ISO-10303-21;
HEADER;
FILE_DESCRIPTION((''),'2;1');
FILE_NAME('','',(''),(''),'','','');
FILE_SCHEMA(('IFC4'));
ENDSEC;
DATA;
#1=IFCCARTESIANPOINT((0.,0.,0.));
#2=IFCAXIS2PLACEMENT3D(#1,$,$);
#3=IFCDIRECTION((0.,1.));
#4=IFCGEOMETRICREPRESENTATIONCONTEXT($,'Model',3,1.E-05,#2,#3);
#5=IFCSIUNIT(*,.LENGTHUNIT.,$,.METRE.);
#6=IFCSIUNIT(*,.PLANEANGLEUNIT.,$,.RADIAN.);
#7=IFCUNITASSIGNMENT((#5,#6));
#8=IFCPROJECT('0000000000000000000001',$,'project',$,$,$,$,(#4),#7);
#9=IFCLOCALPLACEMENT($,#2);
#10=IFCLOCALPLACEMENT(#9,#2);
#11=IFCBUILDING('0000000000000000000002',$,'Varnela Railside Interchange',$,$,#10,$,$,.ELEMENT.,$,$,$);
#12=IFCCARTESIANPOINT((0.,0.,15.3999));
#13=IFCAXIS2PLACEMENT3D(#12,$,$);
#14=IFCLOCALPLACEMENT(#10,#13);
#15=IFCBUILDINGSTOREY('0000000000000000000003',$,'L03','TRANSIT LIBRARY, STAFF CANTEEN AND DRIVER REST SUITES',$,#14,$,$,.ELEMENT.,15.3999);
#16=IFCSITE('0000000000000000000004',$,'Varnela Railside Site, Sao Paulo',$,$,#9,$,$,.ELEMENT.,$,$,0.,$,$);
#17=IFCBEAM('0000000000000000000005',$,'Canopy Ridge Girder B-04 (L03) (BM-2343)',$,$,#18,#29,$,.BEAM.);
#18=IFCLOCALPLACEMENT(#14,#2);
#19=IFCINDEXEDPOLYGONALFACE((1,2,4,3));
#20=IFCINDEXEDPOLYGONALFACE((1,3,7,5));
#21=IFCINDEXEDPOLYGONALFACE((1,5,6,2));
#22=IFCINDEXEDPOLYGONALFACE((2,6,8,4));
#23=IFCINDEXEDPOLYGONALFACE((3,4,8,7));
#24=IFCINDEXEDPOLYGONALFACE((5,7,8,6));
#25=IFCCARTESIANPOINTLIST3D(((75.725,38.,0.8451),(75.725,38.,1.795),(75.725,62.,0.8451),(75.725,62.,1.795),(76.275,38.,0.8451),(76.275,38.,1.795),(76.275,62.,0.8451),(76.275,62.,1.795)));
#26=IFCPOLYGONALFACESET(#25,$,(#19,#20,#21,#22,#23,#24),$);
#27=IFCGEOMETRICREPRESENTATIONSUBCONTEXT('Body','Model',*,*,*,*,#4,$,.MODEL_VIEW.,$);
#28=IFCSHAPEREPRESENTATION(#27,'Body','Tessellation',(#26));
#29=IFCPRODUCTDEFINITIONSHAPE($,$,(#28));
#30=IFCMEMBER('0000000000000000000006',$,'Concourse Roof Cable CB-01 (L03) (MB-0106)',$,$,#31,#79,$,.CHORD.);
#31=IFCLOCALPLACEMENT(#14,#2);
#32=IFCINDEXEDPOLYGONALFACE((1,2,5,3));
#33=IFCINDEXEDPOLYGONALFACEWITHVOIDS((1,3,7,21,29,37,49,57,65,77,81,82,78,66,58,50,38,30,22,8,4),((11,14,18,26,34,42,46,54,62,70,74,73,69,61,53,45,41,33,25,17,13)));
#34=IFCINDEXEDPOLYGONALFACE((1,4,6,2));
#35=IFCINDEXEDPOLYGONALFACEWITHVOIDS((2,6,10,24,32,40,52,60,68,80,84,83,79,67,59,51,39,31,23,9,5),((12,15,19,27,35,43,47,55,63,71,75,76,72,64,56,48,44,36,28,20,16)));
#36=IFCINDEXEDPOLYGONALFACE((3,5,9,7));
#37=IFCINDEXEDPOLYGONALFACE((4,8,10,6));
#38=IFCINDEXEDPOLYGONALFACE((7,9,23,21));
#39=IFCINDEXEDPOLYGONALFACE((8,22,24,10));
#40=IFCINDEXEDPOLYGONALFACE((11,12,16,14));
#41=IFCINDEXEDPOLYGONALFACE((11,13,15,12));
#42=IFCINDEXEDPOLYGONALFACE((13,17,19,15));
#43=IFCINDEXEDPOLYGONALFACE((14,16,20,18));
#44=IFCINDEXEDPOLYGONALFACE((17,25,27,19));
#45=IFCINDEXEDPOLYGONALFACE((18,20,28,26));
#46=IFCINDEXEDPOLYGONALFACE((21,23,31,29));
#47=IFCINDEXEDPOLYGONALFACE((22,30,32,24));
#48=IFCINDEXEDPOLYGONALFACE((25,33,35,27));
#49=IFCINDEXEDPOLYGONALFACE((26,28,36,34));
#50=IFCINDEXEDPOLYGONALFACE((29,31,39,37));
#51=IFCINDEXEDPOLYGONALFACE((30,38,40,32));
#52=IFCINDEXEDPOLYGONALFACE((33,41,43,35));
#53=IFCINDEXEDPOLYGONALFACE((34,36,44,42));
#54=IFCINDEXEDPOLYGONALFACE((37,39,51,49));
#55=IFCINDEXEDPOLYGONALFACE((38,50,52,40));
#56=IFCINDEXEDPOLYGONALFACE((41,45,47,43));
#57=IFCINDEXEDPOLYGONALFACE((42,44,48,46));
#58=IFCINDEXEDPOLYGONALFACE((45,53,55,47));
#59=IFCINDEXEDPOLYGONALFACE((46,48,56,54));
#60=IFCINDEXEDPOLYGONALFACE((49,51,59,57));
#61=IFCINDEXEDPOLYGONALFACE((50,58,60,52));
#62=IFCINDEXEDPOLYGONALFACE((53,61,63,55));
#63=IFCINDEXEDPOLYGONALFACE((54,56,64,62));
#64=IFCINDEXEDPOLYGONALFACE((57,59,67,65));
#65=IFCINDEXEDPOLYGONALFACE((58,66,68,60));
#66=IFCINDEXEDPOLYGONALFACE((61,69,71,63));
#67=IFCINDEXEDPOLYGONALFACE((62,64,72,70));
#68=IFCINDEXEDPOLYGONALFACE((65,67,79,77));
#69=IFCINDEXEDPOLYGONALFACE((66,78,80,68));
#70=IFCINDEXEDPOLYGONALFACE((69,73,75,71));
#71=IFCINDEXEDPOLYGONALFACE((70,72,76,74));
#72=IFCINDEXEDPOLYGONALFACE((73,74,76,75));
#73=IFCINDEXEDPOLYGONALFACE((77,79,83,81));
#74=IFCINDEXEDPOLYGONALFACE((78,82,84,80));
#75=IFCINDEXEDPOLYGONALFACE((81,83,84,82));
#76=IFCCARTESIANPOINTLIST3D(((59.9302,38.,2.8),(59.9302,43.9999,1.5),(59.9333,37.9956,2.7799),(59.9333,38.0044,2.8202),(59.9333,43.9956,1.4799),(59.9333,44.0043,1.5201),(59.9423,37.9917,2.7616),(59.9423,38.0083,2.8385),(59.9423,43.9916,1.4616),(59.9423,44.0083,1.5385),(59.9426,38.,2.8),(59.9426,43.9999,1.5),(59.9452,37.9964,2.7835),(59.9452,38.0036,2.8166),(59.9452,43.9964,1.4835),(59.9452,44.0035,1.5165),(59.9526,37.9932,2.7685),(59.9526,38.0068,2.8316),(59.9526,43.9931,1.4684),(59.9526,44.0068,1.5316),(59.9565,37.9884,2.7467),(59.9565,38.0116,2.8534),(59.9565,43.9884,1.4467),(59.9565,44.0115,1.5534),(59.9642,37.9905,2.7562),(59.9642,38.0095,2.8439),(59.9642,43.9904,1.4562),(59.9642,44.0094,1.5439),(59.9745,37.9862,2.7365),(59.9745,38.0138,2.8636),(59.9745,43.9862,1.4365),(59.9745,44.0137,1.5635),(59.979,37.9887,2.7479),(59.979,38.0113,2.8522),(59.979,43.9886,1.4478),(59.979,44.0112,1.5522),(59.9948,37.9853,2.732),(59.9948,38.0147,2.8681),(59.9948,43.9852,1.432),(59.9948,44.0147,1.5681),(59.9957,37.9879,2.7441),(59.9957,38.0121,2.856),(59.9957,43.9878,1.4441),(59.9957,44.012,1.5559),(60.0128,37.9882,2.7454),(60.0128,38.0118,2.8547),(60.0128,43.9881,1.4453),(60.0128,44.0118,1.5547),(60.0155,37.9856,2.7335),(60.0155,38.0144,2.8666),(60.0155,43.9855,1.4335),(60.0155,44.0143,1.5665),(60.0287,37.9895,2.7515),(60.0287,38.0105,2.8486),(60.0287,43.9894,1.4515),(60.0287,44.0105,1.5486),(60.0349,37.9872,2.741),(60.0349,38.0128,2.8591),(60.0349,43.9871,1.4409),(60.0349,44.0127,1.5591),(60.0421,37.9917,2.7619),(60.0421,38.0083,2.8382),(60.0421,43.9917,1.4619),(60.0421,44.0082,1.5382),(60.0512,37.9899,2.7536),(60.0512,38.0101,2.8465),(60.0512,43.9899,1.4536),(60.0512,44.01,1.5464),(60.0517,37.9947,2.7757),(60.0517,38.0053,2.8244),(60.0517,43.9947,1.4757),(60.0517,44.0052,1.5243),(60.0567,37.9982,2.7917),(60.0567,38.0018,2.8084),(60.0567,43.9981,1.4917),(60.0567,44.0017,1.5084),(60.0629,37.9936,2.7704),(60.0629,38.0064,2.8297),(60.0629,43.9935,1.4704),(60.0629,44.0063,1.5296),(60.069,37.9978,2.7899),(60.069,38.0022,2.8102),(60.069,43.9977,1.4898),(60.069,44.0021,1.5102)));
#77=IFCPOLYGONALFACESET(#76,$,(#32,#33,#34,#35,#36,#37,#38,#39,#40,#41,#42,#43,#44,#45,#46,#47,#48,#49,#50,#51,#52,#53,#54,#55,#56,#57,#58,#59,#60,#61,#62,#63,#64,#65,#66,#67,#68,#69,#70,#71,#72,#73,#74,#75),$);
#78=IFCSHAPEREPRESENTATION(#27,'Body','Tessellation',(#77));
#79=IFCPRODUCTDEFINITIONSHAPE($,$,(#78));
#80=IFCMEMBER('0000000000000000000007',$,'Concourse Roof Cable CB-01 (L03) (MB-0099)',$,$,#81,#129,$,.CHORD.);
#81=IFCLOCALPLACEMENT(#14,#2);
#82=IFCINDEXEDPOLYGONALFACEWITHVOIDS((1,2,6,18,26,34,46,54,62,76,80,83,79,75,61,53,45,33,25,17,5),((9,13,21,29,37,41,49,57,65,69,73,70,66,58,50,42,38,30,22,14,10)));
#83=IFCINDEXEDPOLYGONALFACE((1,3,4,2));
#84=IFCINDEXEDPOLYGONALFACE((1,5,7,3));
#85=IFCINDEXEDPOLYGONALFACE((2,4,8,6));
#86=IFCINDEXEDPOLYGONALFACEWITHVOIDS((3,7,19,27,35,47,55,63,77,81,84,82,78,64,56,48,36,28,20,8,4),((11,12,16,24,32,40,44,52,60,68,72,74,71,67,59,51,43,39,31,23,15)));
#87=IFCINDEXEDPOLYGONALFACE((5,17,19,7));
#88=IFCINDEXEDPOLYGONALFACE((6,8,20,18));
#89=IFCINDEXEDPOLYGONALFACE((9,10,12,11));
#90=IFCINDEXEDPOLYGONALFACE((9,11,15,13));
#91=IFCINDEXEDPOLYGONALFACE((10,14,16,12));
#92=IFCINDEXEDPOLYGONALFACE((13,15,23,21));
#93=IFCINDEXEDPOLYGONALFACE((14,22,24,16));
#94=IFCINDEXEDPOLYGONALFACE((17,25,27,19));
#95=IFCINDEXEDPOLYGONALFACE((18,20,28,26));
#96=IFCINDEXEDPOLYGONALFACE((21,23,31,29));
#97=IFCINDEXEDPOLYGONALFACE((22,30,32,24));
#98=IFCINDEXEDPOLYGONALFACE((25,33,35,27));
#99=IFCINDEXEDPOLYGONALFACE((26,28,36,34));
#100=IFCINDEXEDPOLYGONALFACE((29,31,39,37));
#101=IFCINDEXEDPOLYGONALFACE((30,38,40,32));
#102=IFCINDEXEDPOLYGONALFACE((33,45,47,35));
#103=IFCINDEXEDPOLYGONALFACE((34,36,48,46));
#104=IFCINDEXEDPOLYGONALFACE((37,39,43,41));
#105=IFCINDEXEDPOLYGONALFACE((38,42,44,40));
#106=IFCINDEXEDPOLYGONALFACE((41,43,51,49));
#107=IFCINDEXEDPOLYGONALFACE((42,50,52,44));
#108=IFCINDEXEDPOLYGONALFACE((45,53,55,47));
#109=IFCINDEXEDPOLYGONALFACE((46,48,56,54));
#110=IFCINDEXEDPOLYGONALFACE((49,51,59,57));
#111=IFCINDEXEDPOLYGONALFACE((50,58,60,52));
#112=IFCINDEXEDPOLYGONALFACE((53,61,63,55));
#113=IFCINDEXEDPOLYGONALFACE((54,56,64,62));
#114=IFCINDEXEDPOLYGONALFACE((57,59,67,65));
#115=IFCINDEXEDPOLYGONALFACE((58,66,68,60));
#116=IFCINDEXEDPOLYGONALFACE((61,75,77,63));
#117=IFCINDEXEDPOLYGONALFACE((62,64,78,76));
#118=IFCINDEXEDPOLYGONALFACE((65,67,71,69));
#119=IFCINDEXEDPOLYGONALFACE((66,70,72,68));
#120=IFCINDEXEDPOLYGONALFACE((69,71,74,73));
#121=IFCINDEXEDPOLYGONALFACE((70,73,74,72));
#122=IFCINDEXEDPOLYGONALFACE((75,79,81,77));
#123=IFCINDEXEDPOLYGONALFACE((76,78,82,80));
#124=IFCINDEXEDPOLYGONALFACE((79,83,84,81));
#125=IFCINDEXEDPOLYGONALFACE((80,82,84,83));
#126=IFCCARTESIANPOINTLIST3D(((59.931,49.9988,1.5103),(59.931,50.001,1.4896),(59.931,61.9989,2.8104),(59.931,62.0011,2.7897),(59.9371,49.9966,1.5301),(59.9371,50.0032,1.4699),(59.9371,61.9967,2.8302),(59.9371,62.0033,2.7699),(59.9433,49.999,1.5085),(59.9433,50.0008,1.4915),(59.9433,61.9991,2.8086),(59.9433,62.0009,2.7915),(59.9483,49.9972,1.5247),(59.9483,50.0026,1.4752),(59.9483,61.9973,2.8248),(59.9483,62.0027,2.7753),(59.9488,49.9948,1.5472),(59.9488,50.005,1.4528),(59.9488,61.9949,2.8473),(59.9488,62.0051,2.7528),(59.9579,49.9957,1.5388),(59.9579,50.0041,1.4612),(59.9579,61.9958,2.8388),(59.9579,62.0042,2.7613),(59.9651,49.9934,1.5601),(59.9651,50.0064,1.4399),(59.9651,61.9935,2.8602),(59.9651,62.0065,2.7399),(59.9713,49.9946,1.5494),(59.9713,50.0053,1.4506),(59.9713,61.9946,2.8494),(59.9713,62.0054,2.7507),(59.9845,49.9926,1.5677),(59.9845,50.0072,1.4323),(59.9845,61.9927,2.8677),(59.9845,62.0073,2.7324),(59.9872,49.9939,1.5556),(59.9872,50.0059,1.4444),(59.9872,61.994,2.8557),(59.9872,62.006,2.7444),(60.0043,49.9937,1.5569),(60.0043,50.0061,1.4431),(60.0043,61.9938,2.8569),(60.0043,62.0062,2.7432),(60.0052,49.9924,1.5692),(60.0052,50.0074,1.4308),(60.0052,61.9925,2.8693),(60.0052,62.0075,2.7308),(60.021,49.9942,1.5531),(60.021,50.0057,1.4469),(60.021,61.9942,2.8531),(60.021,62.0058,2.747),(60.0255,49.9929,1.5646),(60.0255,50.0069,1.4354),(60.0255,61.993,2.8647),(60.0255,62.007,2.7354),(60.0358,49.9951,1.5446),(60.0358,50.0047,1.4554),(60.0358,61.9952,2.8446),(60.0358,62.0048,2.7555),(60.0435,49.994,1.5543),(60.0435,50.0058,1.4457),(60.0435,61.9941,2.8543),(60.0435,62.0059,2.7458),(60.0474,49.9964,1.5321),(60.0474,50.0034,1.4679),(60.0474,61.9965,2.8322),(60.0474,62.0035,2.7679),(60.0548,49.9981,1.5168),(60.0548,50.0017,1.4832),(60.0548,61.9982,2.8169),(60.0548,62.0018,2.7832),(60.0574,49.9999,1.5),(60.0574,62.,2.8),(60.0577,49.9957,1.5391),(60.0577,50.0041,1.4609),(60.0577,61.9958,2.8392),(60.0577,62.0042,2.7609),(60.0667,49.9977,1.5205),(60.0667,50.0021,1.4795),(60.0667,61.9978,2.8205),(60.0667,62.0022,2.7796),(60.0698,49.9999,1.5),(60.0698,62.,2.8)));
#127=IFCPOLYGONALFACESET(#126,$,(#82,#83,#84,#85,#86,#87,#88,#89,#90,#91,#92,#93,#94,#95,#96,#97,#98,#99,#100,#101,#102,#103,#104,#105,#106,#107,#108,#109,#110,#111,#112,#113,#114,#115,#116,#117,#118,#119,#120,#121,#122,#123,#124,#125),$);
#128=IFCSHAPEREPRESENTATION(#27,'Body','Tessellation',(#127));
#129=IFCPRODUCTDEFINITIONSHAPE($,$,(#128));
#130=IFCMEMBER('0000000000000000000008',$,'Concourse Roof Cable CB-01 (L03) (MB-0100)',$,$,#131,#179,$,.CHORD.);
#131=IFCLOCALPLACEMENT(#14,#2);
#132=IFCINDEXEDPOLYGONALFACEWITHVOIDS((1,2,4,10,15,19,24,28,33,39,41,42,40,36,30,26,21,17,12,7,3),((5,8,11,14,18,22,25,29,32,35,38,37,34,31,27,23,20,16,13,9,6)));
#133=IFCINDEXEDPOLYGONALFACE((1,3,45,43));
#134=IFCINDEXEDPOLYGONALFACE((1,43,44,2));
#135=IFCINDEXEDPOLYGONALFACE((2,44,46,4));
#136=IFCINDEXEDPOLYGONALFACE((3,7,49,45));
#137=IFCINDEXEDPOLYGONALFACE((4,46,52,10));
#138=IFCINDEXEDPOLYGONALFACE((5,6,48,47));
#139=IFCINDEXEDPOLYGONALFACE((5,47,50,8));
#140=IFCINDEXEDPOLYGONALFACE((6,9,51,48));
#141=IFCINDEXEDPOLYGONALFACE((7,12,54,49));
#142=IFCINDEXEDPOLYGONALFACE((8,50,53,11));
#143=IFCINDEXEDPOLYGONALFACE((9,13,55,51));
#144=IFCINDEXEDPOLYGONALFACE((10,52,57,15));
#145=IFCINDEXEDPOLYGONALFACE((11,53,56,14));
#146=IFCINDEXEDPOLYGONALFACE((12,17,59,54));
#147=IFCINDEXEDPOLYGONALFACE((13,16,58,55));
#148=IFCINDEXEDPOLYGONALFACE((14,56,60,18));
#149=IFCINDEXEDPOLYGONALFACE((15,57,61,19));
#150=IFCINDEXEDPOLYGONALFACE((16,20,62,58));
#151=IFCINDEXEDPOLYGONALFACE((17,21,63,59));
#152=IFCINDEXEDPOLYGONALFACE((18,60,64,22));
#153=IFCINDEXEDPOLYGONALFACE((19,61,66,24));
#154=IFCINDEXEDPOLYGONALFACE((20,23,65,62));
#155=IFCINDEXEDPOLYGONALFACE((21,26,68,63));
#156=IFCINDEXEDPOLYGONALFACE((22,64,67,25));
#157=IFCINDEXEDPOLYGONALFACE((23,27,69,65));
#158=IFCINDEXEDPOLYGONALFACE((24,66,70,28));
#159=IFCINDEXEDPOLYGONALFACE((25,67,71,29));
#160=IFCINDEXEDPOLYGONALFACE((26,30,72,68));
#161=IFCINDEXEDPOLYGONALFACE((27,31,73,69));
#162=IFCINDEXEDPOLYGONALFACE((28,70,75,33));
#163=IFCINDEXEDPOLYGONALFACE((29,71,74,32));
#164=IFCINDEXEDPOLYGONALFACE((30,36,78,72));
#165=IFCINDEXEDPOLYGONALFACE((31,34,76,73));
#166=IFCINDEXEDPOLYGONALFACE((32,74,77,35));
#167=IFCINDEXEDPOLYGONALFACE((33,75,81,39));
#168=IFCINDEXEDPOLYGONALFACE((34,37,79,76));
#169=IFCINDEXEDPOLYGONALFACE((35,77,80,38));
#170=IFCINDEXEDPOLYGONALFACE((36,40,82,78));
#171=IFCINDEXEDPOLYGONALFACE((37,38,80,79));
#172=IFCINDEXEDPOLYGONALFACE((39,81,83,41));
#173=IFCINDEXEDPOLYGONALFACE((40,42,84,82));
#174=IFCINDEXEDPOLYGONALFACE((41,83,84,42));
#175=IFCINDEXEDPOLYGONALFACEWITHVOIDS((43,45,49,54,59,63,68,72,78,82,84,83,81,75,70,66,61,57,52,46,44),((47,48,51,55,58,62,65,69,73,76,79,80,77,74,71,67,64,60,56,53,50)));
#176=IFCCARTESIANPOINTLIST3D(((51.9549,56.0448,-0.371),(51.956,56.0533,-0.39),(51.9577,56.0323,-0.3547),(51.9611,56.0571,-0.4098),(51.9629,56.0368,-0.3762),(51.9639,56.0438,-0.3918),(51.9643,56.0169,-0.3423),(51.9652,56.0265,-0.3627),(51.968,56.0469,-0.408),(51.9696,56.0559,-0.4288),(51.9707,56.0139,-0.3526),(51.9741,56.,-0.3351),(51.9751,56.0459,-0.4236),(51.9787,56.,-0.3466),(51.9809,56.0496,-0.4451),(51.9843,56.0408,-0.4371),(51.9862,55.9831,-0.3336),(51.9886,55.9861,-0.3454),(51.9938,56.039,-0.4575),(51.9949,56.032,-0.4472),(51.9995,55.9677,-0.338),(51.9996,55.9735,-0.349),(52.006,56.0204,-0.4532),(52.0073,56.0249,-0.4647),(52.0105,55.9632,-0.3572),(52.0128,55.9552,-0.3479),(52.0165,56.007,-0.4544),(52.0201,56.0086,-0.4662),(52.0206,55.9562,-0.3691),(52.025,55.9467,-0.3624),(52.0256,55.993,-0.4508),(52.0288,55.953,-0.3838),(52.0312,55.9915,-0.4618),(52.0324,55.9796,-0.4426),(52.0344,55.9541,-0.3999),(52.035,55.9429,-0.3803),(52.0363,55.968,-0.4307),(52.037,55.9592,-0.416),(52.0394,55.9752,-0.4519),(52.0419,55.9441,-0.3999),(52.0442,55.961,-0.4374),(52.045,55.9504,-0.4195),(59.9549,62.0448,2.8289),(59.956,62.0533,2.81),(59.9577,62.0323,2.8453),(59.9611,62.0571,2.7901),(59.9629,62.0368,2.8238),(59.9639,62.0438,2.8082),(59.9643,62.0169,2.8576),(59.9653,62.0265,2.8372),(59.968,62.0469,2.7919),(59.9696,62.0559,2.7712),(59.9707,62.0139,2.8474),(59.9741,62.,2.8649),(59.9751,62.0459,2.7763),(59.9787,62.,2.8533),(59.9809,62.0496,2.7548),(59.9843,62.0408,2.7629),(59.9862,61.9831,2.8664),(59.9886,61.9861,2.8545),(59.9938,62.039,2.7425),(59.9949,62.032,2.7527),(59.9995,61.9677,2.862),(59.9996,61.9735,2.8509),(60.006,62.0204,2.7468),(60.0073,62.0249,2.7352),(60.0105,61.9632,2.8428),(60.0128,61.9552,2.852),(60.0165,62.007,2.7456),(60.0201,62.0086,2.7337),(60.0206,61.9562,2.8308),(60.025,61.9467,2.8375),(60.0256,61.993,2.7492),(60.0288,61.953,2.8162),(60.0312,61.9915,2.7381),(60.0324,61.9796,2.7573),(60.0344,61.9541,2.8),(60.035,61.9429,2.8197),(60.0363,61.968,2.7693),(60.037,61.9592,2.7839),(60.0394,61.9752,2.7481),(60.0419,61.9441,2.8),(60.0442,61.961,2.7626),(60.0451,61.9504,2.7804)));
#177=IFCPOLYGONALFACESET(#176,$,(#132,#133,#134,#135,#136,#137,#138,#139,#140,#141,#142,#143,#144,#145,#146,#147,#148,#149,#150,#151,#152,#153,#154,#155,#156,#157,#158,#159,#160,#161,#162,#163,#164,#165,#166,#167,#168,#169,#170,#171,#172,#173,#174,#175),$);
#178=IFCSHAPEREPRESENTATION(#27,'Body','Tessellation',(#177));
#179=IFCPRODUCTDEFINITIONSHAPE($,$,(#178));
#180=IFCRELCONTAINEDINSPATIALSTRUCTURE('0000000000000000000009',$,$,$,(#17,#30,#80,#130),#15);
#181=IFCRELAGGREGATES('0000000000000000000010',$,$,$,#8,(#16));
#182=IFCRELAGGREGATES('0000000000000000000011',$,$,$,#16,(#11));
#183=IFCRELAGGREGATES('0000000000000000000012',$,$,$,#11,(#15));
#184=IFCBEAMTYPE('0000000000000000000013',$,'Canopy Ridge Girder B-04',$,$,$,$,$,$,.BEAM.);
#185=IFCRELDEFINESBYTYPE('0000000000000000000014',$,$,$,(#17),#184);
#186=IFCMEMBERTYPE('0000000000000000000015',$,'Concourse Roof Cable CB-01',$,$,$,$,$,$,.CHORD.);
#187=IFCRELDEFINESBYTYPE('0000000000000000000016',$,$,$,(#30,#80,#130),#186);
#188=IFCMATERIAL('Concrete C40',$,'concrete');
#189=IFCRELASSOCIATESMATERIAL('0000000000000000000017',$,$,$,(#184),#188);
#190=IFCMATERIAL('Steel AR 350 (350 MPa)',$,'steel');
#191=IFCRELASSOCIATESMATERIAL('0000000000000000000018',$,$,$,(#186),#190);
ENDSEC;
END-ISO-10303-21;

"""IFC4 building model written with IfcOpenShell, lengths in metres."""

from ifc_helpers import new_model, si_unit, direction, frame, origin, origin_2d, place, context, subcontext, project, spatial, rectangle, hollow_circle, extrude, material, material_profile, profile_set, type_object, element, save


model = new_model("IFC4")

# Units and contexts
model_context = context("Model", 3, precision=1e-05, world=origin(), true_north=direction((0.0, 1.0)))
body_context = subcontext(model_context, "Body", "Model", "MODEL_VIEW")
ifc_project = project(units=[si_unit("LENGTHUNIT", "METRE"), si_unit("PLANEANGLEUNIT", "RADIAN")], contexts=[model_context])

# Site, building, storey
site_placement = place(None, origin())
site = spatial("IfcSite", under=ifc_project, at=site_placement, Name="Varnela Railside Site, Sao Paulo", CompositionType="ELEMENT", RefElevation=0.0)
building_placement = place(site_placement, origin())
building = spatial("IfcBuilding", under=site, at=building_placement, Name="Varnela Railside Interchange", CompositionType="ELEMENT")
storey_placement = place(building_placement, frame((0.0, 0.0, 15.3999)))
storey = spatial("IfcBuildingStorey", under=building, at=storey_placement, Name="L03", Description="TRANSIT LIBRARY, STAFF CANTEEN AND DRIVER REST SUITES", CompositionType="ELEMENT", Elevation=15.3999)

# Beam
ifc_material_1 = material(Name="Concrete C40", Category="concrete")
ifc_material_profile_1 = material_profile(ifc_material_1, rectangle(XDim=0.55, YDim=0.95, at=origin_2d()), Name="RC 550x950")
ifc_profile_set_1 = profile_set([ifc_material_profile_1], Name="Concrete C40")
beam_type = type_object("IfcBeamType", Name="Canopy Ridge Girder B-04", PredefinedType="BEAM", material=ifc_profile_set_1)
beam_placement = place(storey_placement, frame((76.0, 38.0, 1.3201), z_axis=(0.0, 1.0, 0.0), x_axis=(-1.0, 0.0, 0.0)))
element("IfcBeam", 1, at=beam_placement, inside=storey, type_object=beam_type, Name="Canopy Ridge Girder B-04 (L03) (BM-2343)", PredefinedType="BEAM", context=body_context, shape_type="SweptSolid", body=[
    extrude(rectangle(XDim=0.55, YDim=0.95, at=origin_2d()), origin(), (0.0, 0.0, 1.0), 24.0),
])

# Members
ifc_material_2 = material(Name="Steel AR 350 (350 MPa)", Category="steel")
ifc_material_profile_2 = material_profile(ifc_material_2, hollow_circle(Radius=0.0698, WallThickness=0.0125, at=origin_2d()), Name="CHS 139.7x12.5")
ifc_profile_set_2 = profile_set([ifc_material_profile_2], Name="Steel AR 350 (350 MPa)")
member_type_1 = type_object("IfcMemberType", Name="Concourse Roof Cable CB-01", PredefinedType="CHORD", material=ifc_profile_set_2)
member_1_placement = place(storey_placement, frame((60.0, 38.0, 2.8), z_axis=(0.0, 0.977321, -0.211761), x_axis=(-1.0, 0.0, 0.0)))
element("IfcMember", 2, at=member_1_placement, inside=storey, type_object=member_type_1, Name="Concourse Roof Cable CB-01 (L03) (MB-0106)", PredefinedType="CHORD", context=body_context, shape_type="SweptSolid", body=[
    extrude(hollow_circle(Radius=0.0698, WallThickness=0.0125, at=origin_2d()), origin(), (0.0, 0.0, 1.0), 6.1392),
])
member_2_placement = place(storey_placement, frame((60.0, 62.0, 2.8), z_axis=(0.0, -0.994183, -0.107707), x_axis=(1.0, 0.0, 0.0)))
element("IfcMember", 3, at=member_2_placement, inside=storey, type_object=member_type_1, Name="Concourse Roof Cable CB-01 (L03) (MB-0099)", PredefinedType="CHORD", context=body_context, shape_type="SweptSolid", body=[
    extrude(hollow_circle(Radius=0.0698, WallThickness=0.0125, at=origin_2d()), origin(), (0.0, 0.0, 1.0), 12.0703),
])
for number, where, z_axis, x_axis, name in (
    (4, (60.0, 62.0, 2.8), (-0.76194, -0.571455, -0.304772), (0.6, -0.8, 0.0), "Concourse Roof Cable CB-01 (L03) (MB-0100)"),
):
    element("IfcMember", number, at=place(storey_placement, frame(where, z_axis=z_axis, x_axis=x_axis)), inside=storey, type_object=member_type_1, Name=name, PredefinedType="CHORD", context=body_context, shape_type="SweptSolid", body=[
        extrude(hollow_circle(Radius=0.0698, WallThickness=0.0125, at=origin_2d()), origin(), (0.0, 0.0, 1.0), 10.4995),
    ])

save(model, "model.ifc")
